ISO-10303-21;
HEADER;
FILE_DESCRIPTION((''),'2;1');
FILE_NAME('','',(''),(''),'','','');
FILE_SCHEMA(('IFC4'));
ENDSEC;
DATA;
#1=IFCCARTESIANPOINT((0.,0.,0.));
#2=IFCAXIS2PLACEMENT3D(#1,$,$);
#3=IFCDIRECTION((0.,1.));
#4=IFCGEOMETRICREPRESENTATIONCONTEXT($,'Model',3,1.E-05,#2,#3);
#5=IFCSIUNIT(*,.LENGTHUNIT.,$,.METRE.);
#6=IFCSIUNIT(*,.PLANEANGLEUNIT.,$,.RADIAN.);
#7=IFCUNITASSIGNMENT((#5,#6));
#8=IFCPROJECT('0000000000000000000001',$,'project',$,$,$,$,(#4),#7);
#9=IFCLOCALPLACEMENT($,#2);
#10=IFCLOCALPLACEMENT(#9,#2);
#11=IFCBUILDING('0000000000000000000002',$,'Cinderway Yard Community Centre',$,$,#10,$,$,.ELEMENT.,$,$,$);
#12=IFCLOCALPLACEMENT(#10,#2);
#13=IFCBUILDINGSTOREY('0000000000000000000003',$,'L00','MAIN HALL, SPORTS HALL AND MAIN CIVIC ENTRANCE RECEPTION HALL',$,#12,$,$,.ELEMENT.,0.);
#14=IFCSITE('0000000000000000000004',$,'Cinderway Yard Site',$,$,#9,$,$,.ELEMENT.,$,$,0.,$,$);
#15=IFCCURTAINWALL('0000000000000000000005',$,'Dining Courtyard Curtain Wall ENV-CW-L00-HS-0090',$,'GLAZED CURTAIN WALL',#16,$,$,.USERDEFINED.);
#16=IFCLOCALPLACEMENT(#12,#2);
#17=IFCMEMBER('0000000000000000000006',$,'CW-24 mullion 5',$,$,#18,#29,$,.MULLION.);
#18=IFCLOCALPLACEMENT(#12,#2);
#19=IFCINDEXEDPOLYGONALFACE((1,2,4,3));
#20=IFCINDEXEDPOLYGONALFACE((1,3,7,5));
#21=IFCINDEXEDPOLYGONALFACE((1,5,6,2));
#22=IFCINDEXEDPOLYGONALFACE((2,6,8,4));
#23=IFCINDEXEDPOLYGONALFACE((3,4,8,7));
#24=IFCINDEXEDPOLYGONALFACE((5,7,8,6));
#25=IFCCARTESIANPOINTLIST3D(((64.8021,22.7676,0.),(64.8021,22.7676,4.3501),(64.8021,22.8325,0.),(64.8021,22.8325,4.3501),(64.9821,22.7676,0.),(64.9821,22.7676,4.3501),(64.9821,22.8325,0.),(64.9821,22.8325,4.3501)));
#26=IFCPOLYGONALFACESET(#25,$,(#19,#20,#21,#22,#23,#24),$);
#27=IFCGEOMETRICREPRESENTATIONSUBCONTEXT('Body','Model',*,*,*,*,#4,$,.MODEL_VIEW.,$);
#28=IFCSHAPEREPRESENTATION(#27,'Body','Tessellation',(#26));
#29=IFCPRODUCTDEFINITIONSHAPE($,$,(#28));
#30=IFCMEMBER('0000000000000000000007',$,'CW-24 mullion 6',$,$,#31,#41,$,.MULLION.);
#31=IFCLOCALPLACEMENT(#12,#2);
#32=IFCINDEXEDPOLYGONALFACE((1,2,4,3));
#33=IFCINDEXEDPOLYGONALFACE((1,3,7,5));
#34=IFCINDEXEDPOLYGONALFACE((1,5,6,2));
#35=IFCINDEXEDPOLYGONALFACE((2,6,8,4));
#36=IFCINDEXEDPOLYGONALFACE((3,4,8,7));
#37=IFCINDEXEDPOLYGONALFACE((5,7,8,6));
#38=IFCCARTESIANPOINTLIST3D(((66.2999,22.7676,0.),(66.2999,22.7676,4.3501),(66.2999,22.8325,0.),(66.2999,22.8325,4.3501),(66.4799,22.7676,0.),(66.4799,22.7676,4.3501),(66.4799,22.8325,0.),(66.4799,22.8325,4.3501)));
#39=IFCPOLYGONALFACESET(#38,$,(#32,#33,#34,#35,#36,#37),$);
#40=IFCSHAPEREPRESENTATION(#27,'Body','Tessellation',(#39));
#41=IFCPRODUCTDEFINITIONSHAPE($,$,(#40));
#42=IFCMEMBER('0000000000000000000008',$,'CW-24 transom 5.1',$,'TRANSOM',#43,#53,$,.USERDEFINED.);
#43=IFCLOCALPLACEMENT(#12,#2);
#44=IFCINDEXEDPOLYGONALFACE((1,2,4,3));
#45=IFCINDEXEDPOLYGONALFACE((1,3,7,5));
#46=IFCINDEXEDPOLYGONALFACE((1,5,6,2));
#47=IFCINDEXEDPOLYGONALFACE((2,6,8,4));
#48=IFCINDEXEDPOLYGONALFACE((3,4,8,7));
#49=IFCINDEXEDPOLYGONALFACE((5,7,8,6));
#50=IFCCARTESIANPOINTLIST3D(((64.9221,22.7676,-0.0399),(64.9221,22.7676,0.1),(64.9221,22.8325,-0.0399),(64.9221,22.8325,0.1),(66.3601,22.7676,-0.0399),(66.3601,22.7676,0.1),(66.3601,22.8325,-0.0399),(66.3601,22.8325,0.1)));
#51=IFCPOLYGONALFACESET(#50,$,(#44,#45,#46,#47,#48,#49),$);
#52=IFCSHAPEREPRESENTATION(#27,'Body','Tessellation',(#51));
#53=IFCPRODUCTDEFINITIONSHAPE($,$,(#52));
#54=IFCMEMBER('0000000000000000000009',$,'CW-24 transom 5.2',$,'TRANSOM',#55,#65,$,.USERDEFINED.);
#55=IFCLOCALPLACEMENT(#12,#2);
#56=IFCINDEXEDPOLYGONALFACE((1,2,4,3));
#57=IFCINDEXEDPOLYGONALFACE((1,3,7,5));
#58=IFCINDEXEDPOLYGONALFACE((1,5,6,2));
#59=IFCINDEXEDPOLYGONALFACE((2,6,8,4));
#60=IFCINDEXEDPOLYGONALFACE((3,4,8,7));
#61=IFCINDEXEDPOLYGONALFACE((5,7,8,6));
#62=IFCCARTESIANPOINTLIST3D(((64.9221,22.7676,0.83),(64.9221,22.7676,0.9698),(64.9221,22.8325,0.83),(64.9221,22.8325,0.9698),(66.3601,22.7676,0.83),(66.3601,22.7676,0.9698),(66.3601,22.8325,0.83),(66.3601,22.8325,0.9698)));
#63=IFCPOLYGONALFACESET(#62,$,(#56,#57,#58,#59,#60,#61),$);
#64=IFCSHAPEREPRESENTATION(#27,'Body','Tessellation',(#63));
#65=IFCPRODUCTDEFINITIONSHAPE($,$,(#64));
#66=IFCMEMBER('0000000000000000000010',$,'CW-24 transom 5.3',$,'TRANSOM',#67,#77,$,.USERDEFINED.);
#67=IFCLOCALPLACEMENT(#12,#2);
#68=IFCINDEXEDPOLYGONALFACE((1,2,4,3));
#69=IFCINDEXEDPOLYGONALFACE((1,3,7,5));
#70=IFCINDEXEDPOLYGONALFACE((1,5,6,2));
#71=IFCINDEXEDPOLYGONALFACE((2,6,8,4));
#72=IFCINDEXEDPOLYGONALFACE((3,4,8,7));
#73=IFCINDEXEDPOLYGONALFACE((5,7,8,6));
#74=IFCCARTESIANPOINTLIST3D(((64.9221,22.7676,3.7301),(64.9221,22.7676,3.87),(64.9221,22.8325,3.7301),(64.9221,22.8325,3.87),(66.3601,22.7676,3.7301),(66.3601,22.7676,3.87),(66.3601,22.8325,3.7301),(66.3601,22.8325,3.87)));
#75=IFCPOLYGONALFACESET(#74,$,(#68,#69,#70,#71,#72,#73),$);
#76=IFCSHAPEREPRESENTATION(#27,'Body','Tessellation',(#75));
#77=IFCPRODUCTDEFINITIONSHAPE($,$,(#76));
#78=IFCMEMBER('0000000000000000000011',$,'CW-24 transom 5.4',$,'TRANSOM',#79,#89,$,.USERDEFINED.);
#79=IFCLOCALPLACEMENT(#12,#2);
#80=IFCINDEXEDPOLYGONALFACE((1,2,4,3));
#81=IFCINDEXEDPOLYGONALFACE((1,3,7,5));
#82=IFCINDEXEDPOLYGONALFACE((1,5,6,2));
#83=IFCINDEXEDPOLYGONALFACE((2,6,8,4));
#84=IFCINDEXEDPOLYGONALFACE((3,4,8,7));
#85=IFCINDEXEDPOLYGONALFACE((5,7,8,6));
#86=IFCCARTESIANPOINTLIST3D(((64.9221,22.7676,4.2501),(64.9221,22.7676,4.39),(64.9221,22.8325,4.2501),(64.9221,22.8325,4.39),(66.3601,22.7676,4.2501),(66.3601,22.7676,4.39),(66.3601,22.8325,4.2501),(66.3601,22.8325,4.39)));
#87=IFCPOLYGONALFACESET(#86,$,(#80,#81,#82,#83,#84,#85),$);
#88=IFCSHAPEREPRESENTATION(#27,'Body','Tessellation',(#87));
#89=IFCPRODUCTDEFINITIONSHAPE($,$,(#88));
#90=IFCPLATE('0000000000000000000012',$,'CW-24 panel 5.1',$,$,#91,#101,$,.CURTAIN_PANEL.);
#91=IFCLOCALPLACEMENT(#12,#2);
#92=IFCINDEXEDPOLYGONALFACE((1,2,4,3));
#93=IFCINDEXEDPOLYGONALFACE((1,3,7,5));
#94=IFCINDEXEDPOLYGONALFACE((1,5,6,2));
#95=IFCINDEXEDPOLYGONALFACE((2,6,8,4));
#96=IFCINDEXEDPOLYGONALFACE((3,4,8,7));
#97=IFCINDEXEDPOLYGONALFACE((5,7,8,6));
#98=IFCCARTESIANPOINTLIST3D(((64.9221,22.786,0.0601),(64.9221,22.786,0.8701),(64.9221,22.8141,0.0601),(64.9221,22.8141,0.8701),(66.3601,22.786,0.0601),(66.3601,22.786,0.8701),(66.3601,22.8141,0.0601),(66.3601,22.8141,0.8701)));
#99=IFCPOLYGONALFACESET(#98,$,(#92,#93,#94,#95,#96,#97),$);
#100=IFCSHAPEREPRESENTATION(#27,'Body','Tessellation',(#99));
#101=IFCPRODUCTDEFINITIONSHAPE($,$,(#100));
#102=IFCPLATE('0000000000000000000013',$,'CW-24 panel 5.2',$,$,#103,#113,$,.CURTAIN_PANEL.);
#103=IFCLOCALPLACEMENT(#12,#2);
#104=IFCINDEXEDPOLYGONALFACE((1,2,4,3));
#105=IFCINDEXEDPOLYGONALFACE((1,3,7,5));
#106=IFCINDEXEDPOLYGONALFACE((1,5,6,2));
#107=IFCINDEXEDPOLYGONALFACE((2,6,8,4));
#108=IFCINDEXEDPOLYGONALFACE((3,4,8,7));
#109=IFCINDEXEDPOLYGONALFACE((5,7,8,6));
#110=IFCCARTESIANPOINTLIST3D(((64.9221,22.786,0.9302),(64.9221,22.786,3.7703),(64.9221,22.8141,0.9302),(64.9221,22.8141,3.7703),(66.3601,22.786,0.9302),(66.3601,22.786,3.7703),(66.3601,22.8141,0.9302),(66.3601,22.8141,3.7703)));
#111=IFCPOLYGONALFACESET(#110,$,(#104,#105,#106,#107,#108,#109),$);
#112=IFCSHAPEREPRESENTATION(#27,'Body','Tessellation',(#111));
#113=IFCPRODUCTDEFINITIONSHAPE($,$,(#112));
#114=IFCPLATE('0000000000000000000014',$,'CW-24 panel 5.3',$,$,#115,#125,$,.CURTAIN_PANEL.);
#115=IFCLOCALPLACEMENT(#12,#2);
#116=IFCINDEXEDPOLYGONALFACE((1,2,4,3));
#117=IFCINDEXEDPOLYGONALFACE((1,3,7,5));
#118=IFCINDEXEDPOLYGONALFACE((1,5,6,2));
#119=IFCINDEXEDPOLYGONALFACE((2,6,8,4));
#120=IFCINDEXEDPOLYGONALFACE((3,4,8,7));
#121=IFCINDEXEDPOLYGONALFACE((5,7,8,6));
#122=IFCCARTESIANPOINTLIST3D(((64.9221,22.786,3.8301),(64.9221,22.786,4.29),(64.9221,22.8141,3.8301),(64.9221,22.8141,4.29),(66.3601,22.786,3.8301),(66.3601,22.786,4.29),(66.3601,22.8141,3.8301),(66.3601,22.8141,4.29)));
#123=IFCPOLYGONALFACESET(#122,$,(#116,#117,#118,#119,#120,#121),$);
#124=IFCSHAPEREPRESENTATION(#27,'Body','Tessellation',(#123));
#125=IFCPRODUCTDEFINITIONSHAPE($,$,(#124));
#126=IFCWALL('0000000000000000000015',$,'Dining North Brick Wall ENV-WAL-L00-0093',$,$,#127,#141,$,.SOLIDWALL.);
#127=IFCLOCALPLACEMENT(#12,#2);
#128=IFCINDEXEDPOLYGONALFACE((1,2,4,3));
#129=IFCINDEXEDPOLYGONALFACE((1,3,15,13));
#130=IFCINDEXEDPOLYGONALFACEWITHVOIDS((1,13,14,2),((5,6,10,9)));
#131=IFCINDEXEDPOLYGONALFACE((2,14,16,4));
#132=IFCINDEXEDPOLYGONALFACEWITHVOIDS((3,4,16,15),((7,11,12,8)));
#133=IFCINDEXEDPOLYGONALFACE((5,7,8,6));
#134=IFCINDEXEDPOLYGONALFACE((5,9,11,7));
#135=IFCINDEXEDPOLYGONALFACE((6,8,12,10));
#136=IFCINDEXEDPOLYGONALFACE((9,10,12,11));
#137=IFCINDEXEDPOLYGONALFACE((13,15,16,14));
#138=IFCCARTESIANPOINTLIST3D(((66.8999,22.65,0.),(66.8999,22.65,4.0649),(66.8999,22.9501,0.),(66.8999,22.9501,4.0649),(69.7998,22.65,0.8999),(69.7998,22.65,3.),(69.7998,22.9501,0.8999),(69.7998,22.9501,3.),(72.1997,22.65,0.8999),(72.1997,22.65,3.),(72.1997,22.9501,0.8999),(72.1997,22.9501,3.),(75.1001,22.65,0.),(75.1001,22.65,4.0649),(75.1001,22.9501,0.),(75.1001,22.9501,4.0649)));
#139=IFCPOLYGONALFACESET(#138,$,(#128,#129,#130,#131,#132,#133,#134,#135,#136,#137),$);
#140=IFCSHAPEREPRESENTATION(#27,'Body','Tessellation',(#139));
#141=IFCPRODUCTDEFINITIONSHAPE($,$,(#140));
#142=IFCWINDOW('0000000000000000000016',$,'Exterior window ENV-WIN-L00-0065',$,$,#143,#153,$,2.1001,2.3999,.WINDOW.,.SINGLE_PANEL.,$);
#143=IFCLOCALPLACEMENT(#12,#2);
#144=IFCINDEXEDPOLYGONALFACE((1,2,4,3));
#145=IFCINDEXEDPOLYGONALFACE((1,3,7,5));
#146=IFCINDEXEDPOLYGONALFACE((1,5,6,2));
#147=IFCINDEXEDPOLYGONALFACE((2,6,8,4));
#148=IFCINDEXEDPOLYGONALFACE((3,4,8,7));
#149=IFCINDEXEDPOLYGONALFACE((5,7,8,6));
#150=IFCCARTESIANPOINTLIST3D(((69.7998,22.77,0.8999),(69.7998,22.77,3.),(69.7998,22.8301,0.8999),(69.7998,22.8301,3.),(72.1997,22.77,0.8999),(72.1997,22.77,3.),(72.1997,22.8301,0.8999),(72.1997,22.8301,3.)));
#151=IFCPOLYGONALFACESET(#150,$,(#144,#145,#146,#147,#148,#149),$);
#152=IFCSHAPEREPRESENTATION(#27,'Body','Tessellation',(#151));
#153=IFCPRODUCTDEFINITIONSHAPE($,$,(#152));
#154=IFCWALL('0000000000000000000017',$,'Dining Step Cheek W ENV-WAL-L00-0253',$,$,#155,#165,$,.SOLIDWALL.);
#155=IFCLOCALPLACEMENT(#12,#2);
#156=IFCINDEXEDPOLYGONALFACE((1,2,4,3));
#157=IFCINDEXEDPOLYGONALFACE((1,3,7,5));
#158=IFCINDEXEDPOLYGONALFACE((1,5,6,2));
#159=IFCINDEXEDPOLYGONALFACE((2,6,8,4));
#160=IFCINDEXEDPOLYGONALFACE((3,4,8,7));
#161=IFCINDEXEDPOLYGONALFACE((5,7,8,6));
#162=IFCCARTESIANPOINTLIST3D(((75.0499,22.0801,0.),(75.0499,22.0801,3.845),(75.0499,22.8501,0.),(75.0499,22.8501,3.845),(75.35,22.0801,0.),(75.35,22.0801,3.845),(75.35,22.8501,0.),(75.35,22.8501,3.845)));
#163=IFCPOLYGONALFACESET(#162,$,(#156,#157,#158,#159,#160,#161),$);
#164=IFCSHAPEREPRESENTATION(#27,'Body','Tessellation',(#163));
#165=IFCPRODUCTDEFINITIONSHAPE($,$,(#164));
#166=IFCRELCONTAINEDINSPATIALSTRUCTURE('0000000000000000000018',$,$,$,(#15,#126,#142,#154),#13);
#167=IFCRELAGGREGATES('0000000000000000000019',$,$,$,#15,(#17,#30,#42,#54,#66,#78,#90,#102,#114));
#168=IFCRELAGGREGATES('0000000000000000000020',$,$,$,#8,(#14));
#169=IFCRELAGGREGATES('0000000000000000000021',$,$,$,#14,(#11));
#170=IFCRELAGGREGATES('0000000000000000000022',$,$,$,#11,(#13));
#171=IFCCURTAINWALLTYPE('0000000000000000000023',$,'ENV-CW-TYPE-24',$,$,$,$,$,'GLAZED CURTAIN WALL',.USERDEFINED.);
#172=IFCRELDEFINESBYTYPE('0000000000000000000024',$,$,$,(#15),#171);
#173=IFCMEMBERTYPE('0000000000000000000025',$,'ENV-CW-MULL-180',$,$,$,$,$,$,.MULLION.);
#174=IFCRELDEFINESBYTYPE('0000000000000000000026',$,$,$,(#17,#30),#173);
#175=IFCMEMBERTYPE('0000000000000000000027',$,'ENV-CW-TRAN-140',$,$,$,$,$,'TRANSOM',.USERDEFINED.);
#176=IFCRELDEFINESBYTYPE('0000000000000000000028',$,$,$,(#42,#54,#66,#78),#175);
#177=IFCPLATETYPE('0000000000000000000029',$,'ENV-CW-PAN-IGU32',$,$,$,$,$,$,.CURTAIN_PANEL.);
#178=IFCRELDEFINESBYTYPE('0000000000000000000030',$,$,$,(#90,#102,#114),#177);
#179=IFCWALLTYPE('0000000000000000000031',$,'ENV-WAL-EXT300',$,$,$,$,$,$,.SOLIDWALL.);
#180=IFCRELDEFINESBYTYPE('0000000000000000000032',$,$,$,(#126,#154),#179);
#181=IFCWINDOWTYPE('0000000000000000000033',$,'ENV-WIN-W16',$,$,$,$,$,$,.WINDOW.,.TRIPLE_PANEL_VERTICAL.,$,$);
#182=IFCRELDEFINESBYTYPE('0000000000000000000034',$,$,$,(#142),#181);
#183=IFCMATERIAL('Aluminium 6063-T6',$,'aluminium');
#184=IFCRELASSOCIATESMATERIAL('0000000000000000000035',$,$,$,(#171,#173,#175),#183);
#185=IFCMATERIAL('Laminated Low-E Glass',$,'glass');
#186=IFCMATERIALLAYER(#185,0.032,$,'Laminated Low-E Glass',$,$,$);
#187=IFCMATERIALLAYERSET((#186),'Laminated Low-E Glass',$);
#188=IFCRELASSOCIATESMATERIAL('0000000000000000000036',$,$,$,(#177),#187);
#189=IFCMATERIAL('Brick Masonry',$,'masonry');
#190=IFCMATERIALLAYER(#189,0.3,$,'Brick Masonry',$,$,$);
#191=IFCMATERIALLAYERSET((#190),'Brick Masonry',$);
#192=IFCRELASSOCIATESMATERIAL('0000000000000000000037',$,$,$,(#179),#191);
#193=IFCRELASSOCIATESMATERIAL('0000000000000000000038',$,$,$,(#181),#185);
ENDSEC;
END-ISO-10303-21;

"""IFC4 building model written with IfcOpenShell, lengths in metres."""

from ifc_helpers import new_model, si_unit, direction, frame, frame_2d, origin, origin_2d, place, context, subcontext, project, spatial, rectangle, extrude, material, layer, layer_set, material_profile, profile_set, type_object, element, fill, aggregate, save


model = new_model("IFC4")

# Units and contexts
model_context = context("Model", 3, precision=1e-05, world=origin(), true_north=direction((0.0, 1.0)))
body_context = subcontext(model_context, "Body", "Model", "MODEL_VIEW")
ifc_project = project(units=[si_unit("LENGTHUNIT", "METRE"), si_unit("PLANEANGLEUNIT", "RADIAN")], contexts=[model_context])

# Site, building, storey
site_placement = place(None, origin())
site = spatial("IfcSite", under=ifc_project, at=site_placement, Name="Cinderway Yard Site", CompositionType="ELEMENT", RefElevation=0.0)
building_placement = place(site_placement, origin())
building = spatial("IfcBuilding", under=site, at=building_placement, Name="Cinderway Yard Community Centre", CompositionType="ELEMENT")
storey_placement = place(building_placement, origin())
storey = spatial("IfcBuildingStorey", under=building, at=storey_placement, Name="L00", Description="MAIN HALL, SPORTS HALL AND MAIN CIVIC ENTRANCE RECEPTION HALL", CompositionType="ELEMENT", Elevation=0.0)

# Curtain wall, members, plates
ifc_material_1 = material(Name="Aluminium 6063-T6", Category="aluminium")
curtain_wall_type = type_object("IfcCurtainWallType", Name="ENV-CW-TYPE-24", ElementType="GLAZED CURTAIN WALL", PredefinedType="USERDEFINED", material=ifc_material_1)
curtain_wall_placement = place(storey_placement, origin())
curtain_wall = element("IfcCurtainWall", 1, at=curtain_wall_placement, inside=storey, type_object=curtain_wall_type, Name="Dining Courtyard Curtain Wall ENV-CW-L00-HS-0090", ObjectType="GLAZED CURTAIN WALL", PredefinedType="USERDEFINED")
ifc_material_profile_1 = material_profile(ifc_material_1, rectangle(XDim=0.0649, YDim=0.1799, at=origin_2d()), Name="Aluminium 6063-T6")
ifc_profile_set_1 = profile_set([ifc_material_profile_1], Name="Aluminium 6063-T6")
member_type_1 = type_object("IfcMemberType", Name="ENV-CW-MULL-180", PredefinedType="MULLION", material=ifc_profile_set_1)
member_1_placement = place(storey_placement, frame((64.8921, 22.8, 0.0), z_axis=(0.0, 0.0, 1.0), x_axis=(0.0, 1.0, 0.0)))
member_1 = element("IfcMember", 2, at=member_1_placement, type_object=member_type_1, Name="CW-24 mullion 5", PredefinedType="MULLION", context=body_context, shape_type="SweptSolid", body=[
    extrude(rectangle(XDim=0.0649, YDim=0.1799, at=origin_2d()), origin(), (0.0, 0.0, 1.0), 4.3501),
])
member_2_placement = place(storey_placement, frame((66.3899, 22.8, 0.0), z_axis=(0.0, 0.0, 1.0), x_axis=(0.0, 1.0, 0.0)))
member_2 = element("IfcMember", 3, at=member_2_placement, type_object=member_type_1, Name="CW-24 mullion 6", PredefinedType="MULLION", context=body_context, shape_type="SweptSolid", body=[
    extrude(rectangle(XDim=0.0649, YDim=0.1799, at=origin_2d()), origin(), (0.0, 0.0, 1.0), 4.3501),
])
ifc_material_profile_2 = material_profile(ifc_material_1, rectangle(XDim=0.0649, YDim=0.1399, at=origin_2d()), Name="Aluminium 6063-T6")
ifc_profile_set_2 = profile_set([ifc_material_profile_2], Name="Aluminium 6063-T6")
member_type_2 = type_object("IfcMemberType", Name="ENV-CW-TRAN-140", ElementType="TRANSOM", PredefinedType="USERDEFINED", material=ifc_profile_set_2)
member_3_placement = place(storey_placement, frame((64.9221, 22.8, 0.03), z_axis=(1.0, 0.0, 0.0), x_axis=(0.0, 1.0, 0.0)))
member_3 = element("IfcMember", 4, at=member_3_placement, type_object=member_type_2, Name="CW-24 transom 5.1", ObjectType="TRANSOM", PredefinedType="USERDEFINED", context=body_context, shape_type="SweptSolid", body=[
    extrude(rectangle(XDim=0.0649, YDim=0.1399, at=origin_2d()), origin(), (0.0, 0.0, 1.0), 1.438),
])
member_4_placement = place(storey_placement, frame((64.9221, 22.8, 0.8999), z_axis=(1.0, 0.0, 0.0), x_axis=(0.0, 1.0, 0.0)))
member_4 = element("IfcMember", 5, at=member_4_placement, type_object=member_type_2, Name="CW-24 transom 5.2", ObjectType="TRANSOM", PredefinedType="USERDEFINED", context=body_context, shape_type="SweptSolid", body=[
    extrude(rectangle(XDim=0.0649, YDim=0.1399, at=origin_2d()), origin(), (0.0, 0.0, 1.0), 1.438),
])
member_5_placement = place(storey_placement, frame((64.9221, 22.8, 3.8), z_axis=(1.0, 0.0, 0.0), x_axis=(0.0, 1.0, 0.0)))
member_5 = element("IfcMember", 6, at=member_5_placement, type_object=member_type_2, Name="CW-24 transom 5.3", ObjectType="TRANSOM", PredefinedType="USERDEFINED", context=body_context, shape_type="SweptSolid", body=[
    extrude(rectangle(XDim=0.0649, YDim=0.1399, at=origin_2d()), origin(), (0.0, 0.0, 1.0), 1.438),
])
member_6_placement = place(storey_placement, frame((64.9221, 22.8, 4.3201), z_axis=(1.0, 0.0, 0.0), x_axis=(0.0, 1.0, 0.0)))
member_6 = element("IfcMember", 7, at=member_6_placement, type_object=member_type_2, Name="CW-24 transom 5.4", ObjectType="TRANSOM", PredefinedType="USERDEFINED", context=body_context, shape_type="SweptSolid", body=[
    extrude(rectangle(XDim=0.0649, YDim=0.1399, at=origin_2d()), origin(), (0.0, 0.0, 1.0), 1.438),
])
ifc_material_2 = material(Name="Laminated Low-E Glass", Category="glass")
ifc_layer_1 = layer(ifc_material_2, 0.032, Name="Laminated Low-E Glass")
ifc_layer_set_1 = layer_set([ifc_layer_1], Name="Laminated Low-E Glass")
plate_type = type_object("IfcPlateType", Name="ENV-CW-PAN-IGU32", PredefinedType="CURTAIN_PANEL", material=ifc_layer_set_1)
plate_1_placement = place(storey_placement, frame((65.6411, 22.8, 0.0601), z_axis=(0.0, 0.0, 1.0), x_axis=(1.0, 0.0, 0.0)))
plate_1 = element("IfcPlate", 8, at=plate_1_placement, type_object=plate_type, Name="CW-24 panel 5.1", PredefinedType="CURTAIN_PANEL", context=body_context, shape_type="SweptSolid", body=[
    extrude(rectangle(XDim=1.438, YDim=0.0281, at=origin_2d()), origin(), (0.0, 0.0, 1.0), 0.8101),
])
plate_2_placement = place(storey_placement, frame((65.6411, 22.8, 0.9302), z_axis=(0.0, 0.0, 1.0), x_axis=(1.0, 0.0, 0.0)))
plate_2 = element("IfcPlate", 9, at=plate_2_placement, type_object=plate_type, Name="CW-24 panel 5.2", PredefinedType="CURTAIN_PANEL", context=body_context, shape_type="SweptSolid", body=[
    extrude(rectangle(XDim=1.438, YDim=0.0281, at=origin_2d()), origin(), (0.0, 0.0, 1.0), 2.8401),
])
plate_3_placement = place(storey_placement, frame((65.6411, 22.8, 3.8301), z_axis=(0.0, 0.0, 1.0), x_axis=(1.0, 0.0, 0.0)))
plate_3 = element("IfcPlate", 10, at=plate_3_placement, type_object=plate_type, Name="CW-24 panel 5.3", PredefinedType="CURTAIN_PANEL", context=body_context, shape_type="SweptSolid", body=[
    extrude(rectangle(XDim=1.438, YDim=0.0281, at=origin_2d()), origin(), (0.0, 0.0, 1.0), 0.46),
])
aggregate(curtain_wall, [member_1, member_2, member_3, member_4, member_5, member_6, plate_1, plate_2, plate_3])

# Wall, opening, window
ifc_material_3 = material(Name="Brick Masonry", Category="masonry")
ifc_layer_2 = layer(ifc_material_3, 0.3, Name="Brick Masonry")
ifc_layer_set_2 = layer_set([ifc_layer_2], Name="Brick Masonry")
wall_type = type_object("IfcWallType", Name="ENV-WAL-EXT300", PredefinedType="SOLIDWALL", material=ifc_layer_set_2)
wall_1_placement = place(storey_placement, frame((66.8999, 22.8, 0.0), z_axis=(0.0, 0.0, 1.0), x_axis=(1.0, 0.0, 0.0)))
wall_1 = element("IfcWall", 11, at=wall_1_placement, inside=storey, type_object=wall_type, Name="Dining North Brick Wall ENV-WAL-L00-0093", PredefinedType="SOLIDWALL", context=body_context, shape_type="SweptSolid", body=[
    extrude(rectangle(XDim=8.2002, YDim=0.3, at=frame_2d((4.1001, 0.0))), origin(), (0.0, 0.0, 1.0), 4.0649),
])
opening_placement = place(wall_1_placement, frame((2.8999, 0.0, 0.8999)))
opening = element("IfcOpeningElement", 12, at=opening_placement, cuts=wall_1, PredefinedType="OPENING", context=body_context, shape_type="SweptSolid", body=[
    extrude(rectangle(XDim=2.3999, YDim=2.1001, at=frame_2d((1.2, 1.05))), frame((0.0, 0.1599, 0.0), z_axis=(0.0, -1.0, 0.0), x_axis=(1.0, 0.0, 0.0)), (0.0, 0.0, 1.0), 0.3201),
])
window_type = type_object("IfcWindowType", Name="ENV-WIN-W16", PartitioningType="TRIPLE_PANEL_VERTICAL", PredefinedType="WINDOW", material=ifc_material_2)
window_placement = place(opening_placement, origin())
window = element("IfcWindow", 13, at=window_placement, inside=storey, type_object=window_type, Name="Exterior window ENV-WIN-L00-0065", OverallHeight=2.1001, OverallWidth=2.3999, PartitioningType="SINGLE_PANEL", PredefinedType="WINDOW", context=body_context, shape_type="SweptSolid", body=[
    extrude(rectangle(XDim=2.3999, YDim=2.1001, at=frame_2d((1.2, 1.05))), frame((0.0, 0.03, 0.0), z_axis=(0.0, -1.0, 0.0), x_axis=(1.0, 0.0, 0.0)), (0.0, 0.0, 1.0), 0.0601),
])
fill(opening, window)

# Wall
wall_2_placement = place(storey_placement, frame((75.2, 22.0801, 0.0), z_axis=(0.0, 0.0, 1.0), x_axis=(0.0, 1.0, 0.0)))
element("IfcWall", 14, at=wall_2_placement, inside=storey, type_object=wall_type, Name="Dining Step Cheek W ENV-WAL-L00-0253", PredefinedType="SOLIDWALL", context=body_context, shape_type="SweptSolid", body=[
    extrude(rectangle(XDim=0.77, YDim=0.3, at=frame_2d((0.385, 0.0))), origin(), (0.0, 0.0, 1.0), 3.845),
])

save(model, "model.ifc")
